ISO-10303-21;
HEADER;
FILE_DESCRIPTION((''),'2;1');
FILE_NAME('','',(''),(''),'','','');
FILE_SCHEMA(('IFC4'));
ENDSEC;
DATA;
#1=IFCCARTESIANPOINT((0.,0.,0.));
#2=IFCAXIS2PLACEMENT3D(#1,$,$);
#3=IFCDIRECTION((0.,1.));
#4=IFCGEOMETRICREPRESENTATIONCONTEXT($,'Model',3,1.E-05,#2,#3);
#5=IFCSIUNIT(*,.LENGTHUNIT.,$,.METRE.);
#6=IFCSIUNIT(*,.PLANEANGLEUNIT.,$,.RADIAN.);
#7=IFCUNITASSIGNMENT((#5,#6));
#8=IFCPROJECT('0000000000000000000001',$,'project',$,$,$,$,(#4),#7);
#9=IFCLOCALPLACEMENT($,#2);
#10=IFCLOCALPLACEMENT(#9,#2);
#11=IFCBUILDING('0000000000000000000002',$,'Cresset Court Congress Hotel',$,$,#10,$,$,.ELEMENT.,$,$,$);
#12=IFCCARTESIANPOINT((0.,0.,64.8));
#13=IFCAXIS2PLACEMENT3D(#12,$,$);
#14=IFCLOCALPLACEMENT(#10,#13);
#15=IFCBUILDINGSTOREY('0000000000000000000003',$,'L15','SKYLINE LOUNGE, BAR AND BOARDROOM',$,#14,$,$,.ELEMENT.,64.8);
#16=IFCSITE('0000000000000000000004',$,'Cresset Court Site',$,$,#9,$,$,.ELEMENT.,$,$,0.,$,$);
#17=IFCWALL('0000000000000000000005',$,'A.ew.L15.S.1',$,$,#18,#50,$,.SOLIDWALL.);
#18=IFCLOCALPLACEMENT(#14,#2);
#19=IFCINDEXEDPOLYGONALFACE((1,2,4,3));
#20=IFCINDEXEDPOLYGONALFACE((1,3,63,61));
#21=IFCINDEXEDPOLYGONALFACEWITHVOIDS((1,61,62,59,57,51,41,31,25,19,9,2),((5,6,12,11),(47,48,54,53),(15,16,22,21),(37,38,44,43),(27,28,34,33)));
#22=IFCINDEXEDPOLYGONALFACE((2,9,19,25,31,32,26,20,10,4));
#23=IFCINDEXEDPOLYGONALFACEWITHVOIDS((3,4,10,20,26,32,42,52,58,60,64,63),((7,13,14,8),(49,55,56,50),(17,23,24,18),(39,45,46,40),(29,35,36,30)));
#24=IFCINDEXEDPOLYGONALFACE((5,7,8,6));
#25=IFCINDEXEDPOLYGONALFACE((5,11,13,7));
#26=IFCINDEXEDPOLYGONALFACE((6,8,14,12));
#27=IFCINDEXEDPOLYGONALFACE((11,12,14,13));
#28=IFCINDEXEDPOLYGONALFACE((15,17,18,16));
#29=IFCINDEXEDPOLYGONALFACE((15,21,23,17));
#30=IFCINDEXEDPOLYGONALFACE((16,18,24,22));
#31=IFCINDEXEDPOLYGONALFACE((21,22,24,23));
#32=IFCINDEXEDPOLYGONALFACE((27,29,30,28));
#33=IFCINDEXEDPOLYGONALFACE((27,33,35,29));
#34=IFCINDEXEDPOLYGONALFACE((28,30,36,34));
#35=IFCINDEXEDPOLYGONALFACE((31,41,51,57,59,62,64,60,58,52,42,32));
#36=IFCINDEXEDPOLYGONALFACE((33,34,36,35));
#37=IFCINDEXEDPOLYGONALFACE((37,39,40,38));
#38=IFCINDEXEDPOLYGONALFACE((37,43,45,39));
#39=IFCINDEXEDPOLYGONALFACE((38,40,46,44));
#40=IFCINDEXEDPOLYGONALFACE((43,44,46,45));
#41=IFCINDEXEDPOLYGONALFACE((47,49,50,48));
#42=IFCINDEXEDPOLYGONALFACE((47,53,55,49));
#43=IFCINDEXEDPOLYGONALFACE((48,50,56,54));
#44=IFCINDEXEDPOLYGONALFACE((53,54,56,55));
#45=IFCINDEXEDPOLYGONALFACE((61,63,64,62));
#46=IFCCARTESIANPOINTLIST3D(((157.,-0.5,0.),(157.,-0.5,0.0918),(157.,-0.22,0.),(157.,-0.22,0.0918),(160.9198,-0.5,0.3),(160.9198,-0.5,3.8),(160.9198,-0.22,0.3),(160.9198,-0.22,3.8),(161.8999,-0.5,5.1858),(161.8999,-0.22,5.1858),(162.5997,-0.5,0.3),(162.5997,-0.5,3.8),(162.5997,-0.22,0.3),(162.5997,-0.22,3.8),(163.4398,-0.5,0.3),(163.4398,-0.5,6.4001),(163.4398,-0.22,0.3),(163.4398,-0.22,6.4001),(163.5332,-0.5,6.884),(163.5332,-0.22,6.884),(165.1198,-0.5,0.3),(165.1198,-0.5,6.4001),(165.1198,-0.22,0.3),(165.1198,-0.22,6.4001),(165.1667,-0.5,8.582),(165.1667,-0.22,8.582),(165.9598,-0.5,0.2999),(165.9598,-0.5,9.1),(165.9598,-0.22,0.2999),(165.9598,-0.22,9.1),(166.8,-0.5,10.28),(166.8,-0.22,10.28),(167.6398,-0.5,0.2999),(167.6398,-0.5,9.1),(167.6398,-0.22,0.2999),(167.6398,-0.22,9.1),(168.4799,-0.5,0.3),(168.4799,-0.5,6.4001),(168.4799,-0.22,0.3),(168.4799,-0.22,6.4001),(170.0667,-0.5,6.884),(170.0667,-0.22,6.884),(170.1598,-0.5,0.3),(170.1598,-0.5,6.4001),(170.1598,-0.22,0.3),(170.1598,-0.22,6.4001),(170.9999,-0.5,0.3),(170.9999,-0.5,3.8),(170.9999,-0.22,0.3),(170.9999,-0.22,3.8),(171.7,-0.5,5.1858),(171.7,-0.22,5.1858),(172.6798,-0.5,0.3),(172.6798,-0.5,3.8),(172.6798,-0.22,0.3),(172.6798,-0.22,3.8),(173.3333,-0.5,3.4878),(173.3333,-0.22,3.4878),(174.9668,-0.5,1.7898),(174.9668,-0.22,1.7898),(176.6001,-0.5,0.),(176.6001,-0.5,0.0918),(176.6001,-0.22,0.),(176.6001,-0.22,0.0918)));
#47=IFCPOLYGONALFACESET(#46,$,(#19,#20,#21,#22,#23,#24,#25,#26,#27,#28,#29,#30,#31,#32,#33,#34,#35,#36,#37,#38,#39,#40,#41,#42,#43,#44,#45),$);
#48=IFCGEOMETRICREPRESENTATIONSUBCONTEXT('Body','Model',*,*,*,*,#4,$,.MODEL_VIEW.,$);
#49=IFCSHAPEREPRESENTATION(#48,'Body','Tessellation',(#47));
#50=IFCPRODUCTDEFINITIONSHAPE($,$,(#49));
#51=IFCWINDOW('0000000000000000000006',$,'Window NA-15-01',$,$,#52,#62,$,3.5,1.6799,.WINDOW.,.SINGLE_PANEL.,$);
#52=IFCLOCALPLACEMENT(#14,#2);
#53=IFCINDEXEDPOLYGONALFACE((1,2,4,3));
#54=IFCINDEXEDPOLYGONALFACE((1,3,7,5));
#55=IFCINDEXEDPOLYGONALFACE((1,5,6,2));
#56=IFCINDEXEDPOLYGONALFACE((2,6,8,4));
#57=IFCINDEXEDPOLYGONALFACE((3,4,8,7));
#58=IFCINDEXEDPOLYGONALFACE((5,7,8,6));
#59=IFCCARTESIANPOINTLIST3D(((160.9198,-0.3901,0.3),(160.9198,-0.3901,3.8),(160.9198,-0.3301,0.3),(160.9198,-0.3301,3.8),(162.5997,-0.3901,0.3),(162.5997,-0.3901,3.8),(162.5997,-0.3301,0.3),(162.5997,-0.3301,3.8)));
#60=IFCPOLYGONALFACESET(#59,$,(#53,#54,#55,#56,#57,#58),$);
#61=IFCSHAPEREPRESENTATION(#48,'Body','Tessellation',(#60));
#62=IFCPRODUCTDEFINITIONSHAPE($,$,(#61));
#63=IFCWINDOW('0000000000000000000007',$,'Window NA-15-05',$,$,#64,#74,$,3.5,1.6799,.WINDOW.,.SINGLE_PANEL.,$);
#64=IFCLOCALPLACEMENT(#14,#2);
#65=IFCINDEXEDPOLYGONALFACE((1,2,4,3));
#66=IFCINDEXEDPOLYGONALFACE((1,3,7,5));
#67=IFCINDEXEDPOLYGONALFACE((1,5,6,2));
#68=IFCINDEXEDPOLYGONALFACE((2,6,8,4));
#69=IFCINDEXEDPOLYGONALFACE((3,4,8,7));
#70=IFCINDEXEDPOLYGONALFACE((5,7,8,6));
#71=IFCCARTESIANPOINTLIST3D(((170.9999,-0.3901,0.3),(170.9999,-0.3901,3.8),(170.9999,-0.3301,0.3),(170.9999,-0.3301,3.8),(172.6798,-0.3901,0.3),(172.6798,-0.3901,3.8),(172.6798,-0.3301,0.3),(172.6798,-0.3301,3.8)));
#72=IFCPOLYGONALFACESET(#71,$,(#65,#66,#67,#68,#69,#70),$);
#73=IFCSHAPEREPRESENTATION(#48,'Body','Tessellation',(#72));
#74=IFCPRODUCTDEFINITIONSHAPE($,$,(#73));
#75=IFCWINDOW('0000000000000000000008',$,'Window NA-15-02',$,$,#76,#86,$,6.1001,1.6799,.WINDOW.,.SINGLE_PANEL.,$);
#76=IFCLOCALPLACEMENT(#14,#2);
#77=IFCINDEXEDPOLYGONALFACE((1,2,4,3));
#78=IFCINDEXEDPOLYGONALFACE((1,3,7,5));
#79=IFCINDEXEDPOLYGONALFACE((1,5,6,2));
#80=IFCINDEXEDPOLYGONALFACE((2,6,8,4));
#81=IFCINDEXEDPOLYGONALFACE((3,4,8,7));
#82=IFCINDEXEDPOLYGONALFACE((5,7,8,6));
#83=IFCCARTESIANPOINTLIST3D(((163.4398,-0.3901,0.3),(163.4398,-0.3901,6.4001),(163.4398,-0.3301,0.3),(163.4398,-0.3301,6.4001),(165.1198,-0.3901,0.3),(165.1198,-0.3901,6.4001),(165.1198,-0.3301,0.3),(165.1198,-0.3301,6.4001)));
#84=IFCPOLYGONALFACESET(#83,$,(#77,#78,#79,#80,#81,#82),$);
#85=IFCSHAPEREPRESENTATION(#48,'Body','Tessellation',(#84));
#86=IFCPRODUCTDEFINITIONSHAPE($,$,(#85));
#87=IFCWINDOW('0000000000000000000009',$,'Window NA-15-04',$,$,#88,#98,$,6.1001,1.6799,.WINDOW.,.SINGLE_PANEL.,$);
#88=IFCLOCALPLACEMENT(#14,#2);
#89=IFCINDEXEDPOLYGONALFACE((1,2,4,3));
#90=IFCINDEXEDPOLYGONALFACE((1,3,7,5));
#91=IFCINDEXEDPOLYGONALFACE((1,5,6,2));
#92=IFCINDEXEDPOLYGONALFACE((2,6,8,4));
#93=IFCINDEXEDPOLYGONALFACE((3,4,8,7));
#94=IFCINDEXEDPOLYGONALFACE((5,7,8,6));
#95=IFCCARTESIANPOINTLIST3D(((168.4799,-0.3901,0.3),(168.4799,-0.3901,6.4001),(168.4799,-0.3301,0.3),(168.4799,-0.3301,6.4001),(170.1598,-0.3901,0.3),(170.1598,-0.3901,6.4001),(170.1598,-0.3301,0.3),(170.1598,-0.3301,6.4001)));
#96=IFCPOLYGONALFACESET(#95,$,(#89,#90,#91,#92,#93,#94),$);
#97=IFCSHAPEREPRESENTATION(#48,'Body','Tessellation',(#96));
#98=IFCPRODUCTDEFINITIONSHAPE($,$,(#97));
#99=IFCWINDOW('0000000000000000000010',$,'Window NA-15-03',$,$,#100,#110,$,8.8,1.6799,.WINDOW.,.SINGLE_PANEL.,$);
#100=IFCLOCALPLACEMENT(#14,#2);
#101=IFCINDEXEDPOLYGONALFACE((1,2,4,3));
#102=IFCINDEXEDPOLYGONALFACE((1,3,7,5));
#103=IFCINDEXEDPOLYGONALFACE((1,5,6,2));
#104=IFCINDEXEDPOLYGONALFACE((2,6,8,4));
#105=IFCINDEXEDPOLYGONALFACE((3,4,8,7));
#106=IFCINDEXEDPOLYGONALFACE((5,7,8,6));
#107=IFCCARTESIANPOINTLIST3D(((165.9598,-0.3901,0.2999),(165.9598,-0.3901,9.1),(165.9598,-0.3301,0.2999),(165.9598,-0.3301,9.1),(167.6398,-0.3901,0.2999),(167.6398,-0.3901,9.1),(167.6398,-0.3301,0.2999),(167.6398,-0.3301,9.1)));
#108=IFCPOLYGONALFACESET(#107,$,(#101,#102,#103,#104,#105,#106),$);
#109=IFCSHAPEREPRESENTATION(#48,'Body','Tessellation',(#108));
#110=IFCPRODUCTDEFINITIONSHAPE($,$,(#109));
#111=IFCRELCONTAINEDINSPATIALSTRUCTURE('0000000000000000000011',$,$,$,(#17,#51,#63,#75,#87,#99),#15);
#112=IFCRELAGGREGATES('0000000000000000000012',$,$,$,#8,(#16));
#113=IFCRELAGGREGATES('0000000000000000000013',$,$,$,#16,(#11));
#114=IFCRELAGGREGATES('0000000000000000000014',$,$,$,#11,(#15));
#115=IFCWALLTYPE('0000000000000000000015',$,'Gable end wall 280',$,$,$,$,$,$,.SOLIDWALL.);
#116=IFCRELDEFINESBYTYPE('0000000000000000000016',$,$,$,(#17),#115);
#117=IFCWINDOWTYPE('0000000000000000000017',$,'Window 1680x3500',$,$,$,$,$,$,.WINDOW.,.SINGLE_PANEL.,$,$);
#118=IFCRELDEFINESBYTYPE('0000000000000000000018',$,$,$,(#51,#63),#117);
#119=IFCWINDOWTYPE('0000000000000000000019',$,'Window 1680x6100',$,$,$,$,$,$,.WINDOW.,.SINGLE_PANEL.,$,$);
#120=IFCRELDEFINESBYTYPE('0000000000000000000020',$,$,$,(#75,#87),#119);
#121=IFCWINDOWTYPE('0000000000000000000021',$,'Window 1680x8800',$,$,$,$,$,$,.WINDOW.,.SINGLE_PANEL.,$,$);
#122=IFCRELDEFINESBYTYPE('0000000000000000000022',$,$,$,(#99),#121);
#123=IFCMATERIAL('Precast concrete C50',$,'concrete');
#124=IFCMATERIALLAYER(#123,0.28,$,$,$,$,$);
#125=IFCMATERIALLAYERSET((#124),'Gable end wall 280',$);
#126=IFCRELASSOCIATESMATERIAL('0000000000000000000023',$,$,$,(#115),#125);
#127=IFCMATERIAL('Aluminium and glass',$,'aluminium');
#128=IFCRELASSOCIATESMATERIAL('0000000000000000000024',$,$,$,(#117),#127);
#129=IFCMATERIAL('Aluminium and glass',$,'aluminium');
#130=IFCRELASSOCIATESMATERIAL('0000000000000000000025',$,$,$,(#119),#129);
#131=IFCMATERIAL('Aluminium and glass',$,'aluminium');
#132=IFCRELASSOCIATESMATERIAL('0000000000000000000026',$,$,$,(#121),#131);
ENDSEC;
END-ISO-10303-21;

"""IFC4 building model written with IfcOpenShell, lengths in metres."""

from ifc_helpers import new_model, si_unit, direction, frame, frame_2d, origin, place, context, subcontext, project, spatial, polyline, rectangle, outline, extrude, material, layer, layer_set, type_object, element, fill, save


model = new_model("IFC4")

# Units and contexts
model_context = context("Model", 3, precision=1e-05, world=origin(), true_north=direction((0.0, 1.0)))
body_context = subcontext(model_context, "Body", "Model", "MODEL_VIEW")
ifc_project = project(units=[si_unit("LENGTHUNIT", "METRE"), si_unit("PLANEANGLEUNIT", "RADIAN")], contexts=[model_context])

# Site, building, storey
site_placement = place(None, origin())
site = spatial("IfcSite", under=ifc_project, at=site_placement, Name="Cresset Court Site", CompositionType="ELEMENT", RefElevation=0.0)
building_placement = place(site_placement, origin())
building = spatial("IfcBuilding", under=site, at=building_placement, Name="Cresset Court Congress Hotel", CompositionType="ELEMENT")
storey_placement = place(building_placement, frame((0.0, 0.0, 64.8)))
storey = spatial("IfcBuildingStorey", under=building, at=storey_placement, Name="L15", Description="SKYLINE LOUNGE, BAR AND BOARDROOM", CompositionType="ELEMENT", Elevation=64.8)

# Wall, openings, windows
ifc_material_1 = material(Name="Precast concrete C50", Category="concrete")
ifc_layer = layer(ifc_material_1, 0.28)
ifc_layer_set = layer_set([ifc_layer], Name="Gable end wall 280")
wall_type = type_object("IfcWallType", Name="Gable end wall 280", PredefinedType="SOLIDWALL", material=ifc_layer_set)
wall_1_placement = place(storey_placement, frame((157.0, -0.3601, 0.0), z_axis=(0.0, 0.0, 1.0), x_axis=(1.0, 0.0, 0.0)))
wall_1 = element("IfcWall", 1, at=wall_1_placement, inside=storey, type_object=wall_type, Name="A.ew.L15.S.1", PredefinedType="SOLIDWALL", context=body_context, shape_type="SweptSolid", body=[
    extrude(outline(polyline([(0.0, 0.0), (19.6001, 0.0), (19.6001, 0.0918), (17.9668, 1.7898), (16.3333, 3.4878), (14.7, 5.1858), (13.0667, 6.884), (11.4333, 8.582), (9.8, 10.28), (8.1667, 8.582), (6.5332, 6.884), (4.8999, 5.1858), (3.2666, 3.4878), (1.6333, 1.7898), (0.0, 0.0918), (0.0, 0.0)])), frame((0.0, 0.1401, 0.0), z_axis=(0.0, -1.0, 0.0), x_axis=(1.0, 0.0, 0.0)), (0.0, 0.0, 1.0), 0.28),
])
opening_1_placement = place(wall_1_placement, frame((3.9199, 0.0, 0.3)))
opening_1 = element("IfcOpeningElement", 2, at=opening_1_placement, cuts=wall_1, PredefinedType="OPENING", context=body_context, shape_type="SweptSolid", body=[
    extrude(rectangle(XDim=1.6799, YDim=3.5, at=frame_2d((0.8398, 1.75))), frame((0.0, 0.1499, 0.0), z_axis=(0.0, -1.0, 0.0), x_axis=(1.0, 0.0, 0.0)), (0.0, 0.0, 1.0), 0.3),
])
opening_2_placement = place(wall_1_placement, frame((6.4399, 0.0, 0.3)))
opening_2 = element("IfcOpeningElement", 3, at=opening_2_placement, cuts=wall_1, PredefinedType="OPENING", context=body_context, shape_type="SweptSolid", body=[
    extrude(rectangle(XDim=1.6799, YDim=6.1001, at=frame_2d((0.8398, 3.05))), frame((0.0, 0.1499, 0.0), z_axis=(0.0, -1.0, 0.0), x_axis=(1.0, 0.0, 0.0)), (0.0, 0.0, 1.0), 0.3),
])
opening_3_placement = place(wall_1_placement, frame((8.96, 0.0, 0.3)))
opening_3 = element("IfcOpeningElement", 4, at=opening_3_placement, cuts=wall_1, PredefinedType="OPENING", context=body_context, shape_type="SweptSolid", body=[
    extrude(rectangle(XDim=1.6799, YDim=8.8, at=frame_2d((0.8398, 4.3999))), frame((0.0, 0.1499, 0.0), z_axis=(0.0, -1.0, 0.0), x_axis=(1.0, 0.0, 0.0)), (0.0, 0.0, 1.0), 0.3),
])
opening_4_placement = place(wall_1_placement, frame((11.48, 0.0, 0.3)))
opening_4 = element("IfcOpeningElement", 5, at=opening_4_placement, cuts=wall_1, PredefinedType="OPENING", context=body_context, shape_type="SweptSolid", body=[
    extrude(rectangle(XDim=1.6799, YDim=6.1001, at=frame_2d((0.8398, 3.05))), frame((0.0, 0.1499, 0.0), z_axis=(0.0, -1.0, 0.0), x_axis=(1.0, 0.0, 0.0)), (0.0, 0.0, 1.0), 0.3),
])
opening_5_placement = place(wall_1_placement, frame((14.0, 0.0, 0.3)))
opening_5 = element("IfcOpeningElement", 6, at=opening_5_placement, cuts=wall_1, PredefinedType="OPENING", context=body_context, shape_type="SweptSolid", body=[
    extrude(rectangle(XDim=1.6799, YDim=3.5, at=frame_2d((0.8398, 1.75))), frame((0.0, 0.1499, 0.0), z_axis=(0.0, -1.0, 0.0), x_axis=(1.0, 0.0, 0.0)), (0.0, 0.0, 1.0), 0.3),
])
ifc_material_2 = material(Name="Aluminium and glass", Category="aluminium")
window_type_1 = type_object("IfcWindowType", Name="Window 1680x3500", PartitioningType="SINGLE_PANEL", PredefinedType="WINDOW", material=ifc_material_2)
window_1_placement = place(opening_1_placement, origin())
window_1 = element("IfcWindow", 7, at=window_1_placement, inside=storey, type_object=window_type_1, Name="Window NA-15-01", OverallHeight=3.5, OverallWidth=1.6799, PartitioningType="SINGLE_PANEL", PredefinedType="WINDOW", context=body_context, shape_type="SweptSolid", body=[
    extrude(rectangle(XDim=1.6799, YDim=3.5, at=frame_2d((0.8398, 1.75))), frame((0.0, 0.03, 0.0), z_axis=(0.0, -1.0, 0.0), x_axis=(1.0, 0.0, 0.0)), (0.0, 0.0, 1.0), 0.0601),
])
fill(opening_1, window_1)
window_2_placement = place(opening_5_placement, origin())
window_2 = element("IfcWindow", 8, at=window_2_placement, inside=storey, type_object=window_type_1, Name="Window NA-15-05", OverallHeight=3.5, OverallWidth=1.6799, PartitioningType="SINGLE_PANEL", PredefinedType="WINDOW", context=body_context, shape_type="SweptSolid", body=[
    extrude(rectangle(XDim=1.6799, YDim=3.5, at=frame_2d((0.8398, 1.75))), frame((0.0, 0.03, 0.0), z_axis=(0.0, -1.0, 0.0), x_axis=(1.0, 0.0, 0.0)), (0.0, 0.0, 1.0), 0.0601),
])
fill(opening_5, window_2)
ifc_material_3 = material(Name="Aluminium and glass", Category="aluminium")
window_type_2 = type_object("IfcWindowType", Name="Window 1680x6100", PartitioningType="SINGLE_PANEL", PredefinedType="WINDOW", material=ifc_material_3)
window_3_placement = place(opening_2_placement, origin())
window_3 = element("IfcWindow", 9, at=window_3_placement, inside=storey, type_object=window_type_2, Name="Window NA-15-02", OverallHeight=6.1001, OverallWidth=1.6799, PartitioningType="SINGLE_PANEL", PredefinedType="WINDOW", context=body_context, shape_type="SweptSolid", body=[
    extrude(rectangle(XDim=1.6799, YDim=6.1001, at=frame_2d((0.8398, 3.05))), frame((0.0, 0.03, 0.0), z_axis=(0.0, -1.0, 0.0), x_axis=(1.0, 0.0, 0.0)), (0.0, 0.0, 1.0), 0.0601),
])
fill(opening_2, window_3)
window_4_placement = place(opening_4_placement, origin())
window_4 = element("IfcWindow", 10, at=window_4_placement, inside=storey, type_object=window_type_2, Name="Window NA-15-04", OverallHeight=6.1001, OverallWidth=1.6799, PartitioningType="SINGLE_PANEL", PredefinedType="WINDOW", context=body_context, shape_type="SweptSolid", body=[
    extrude(rectangle(XDim=1.6799, YDim=6.1001, at=frame_2d((0.8398, 3.05))), frame((0.0, 0.03, 0.0), z_axis=(0.0, -1.0, 0.0), x_axis=(1.0, 0.0, 0.0)), (0.0, 0.0, 1.0), 0.0601),
])
fill(opening_4, window_4)
ifc_material_4 = material(Name="Aluminium and glass", Category="aluminium")
window_type_3 = type_object("IfcWindowType", Name="Window 1680x8800", PartitioningType="SINGLE_PANEL", PredefinedType="WINDOW", material=ifc_material_4)
window_5_placement = place(opening_3_placement, origin())
window_5 = element("IfcWindow", 11, at=window_5_placement, inside=storey, type_object=window_type_3, Name="Window NA-15-03", OverallHeight=8.8, OverallWidth=1.6799, PartitioningType="SINGLE_PANEL", PredefinedType="WINDOW", context=body_context, shape_type="SweptSolid", body=[
    extrude(rectangle(XDim=1.6799, YDim=8.8, at=frame_2d((0.8398, 4.3999))), frame((0.0, 0.03, 0.0), z_axis=(0.0, -1.0, 0.0), x_axis=(1.0, 0.0, 0.0)), (0.0, 0.0, 1.0), 0.0601),
])
fill(opening_3, window_5)

save(model, "model.ifc")
